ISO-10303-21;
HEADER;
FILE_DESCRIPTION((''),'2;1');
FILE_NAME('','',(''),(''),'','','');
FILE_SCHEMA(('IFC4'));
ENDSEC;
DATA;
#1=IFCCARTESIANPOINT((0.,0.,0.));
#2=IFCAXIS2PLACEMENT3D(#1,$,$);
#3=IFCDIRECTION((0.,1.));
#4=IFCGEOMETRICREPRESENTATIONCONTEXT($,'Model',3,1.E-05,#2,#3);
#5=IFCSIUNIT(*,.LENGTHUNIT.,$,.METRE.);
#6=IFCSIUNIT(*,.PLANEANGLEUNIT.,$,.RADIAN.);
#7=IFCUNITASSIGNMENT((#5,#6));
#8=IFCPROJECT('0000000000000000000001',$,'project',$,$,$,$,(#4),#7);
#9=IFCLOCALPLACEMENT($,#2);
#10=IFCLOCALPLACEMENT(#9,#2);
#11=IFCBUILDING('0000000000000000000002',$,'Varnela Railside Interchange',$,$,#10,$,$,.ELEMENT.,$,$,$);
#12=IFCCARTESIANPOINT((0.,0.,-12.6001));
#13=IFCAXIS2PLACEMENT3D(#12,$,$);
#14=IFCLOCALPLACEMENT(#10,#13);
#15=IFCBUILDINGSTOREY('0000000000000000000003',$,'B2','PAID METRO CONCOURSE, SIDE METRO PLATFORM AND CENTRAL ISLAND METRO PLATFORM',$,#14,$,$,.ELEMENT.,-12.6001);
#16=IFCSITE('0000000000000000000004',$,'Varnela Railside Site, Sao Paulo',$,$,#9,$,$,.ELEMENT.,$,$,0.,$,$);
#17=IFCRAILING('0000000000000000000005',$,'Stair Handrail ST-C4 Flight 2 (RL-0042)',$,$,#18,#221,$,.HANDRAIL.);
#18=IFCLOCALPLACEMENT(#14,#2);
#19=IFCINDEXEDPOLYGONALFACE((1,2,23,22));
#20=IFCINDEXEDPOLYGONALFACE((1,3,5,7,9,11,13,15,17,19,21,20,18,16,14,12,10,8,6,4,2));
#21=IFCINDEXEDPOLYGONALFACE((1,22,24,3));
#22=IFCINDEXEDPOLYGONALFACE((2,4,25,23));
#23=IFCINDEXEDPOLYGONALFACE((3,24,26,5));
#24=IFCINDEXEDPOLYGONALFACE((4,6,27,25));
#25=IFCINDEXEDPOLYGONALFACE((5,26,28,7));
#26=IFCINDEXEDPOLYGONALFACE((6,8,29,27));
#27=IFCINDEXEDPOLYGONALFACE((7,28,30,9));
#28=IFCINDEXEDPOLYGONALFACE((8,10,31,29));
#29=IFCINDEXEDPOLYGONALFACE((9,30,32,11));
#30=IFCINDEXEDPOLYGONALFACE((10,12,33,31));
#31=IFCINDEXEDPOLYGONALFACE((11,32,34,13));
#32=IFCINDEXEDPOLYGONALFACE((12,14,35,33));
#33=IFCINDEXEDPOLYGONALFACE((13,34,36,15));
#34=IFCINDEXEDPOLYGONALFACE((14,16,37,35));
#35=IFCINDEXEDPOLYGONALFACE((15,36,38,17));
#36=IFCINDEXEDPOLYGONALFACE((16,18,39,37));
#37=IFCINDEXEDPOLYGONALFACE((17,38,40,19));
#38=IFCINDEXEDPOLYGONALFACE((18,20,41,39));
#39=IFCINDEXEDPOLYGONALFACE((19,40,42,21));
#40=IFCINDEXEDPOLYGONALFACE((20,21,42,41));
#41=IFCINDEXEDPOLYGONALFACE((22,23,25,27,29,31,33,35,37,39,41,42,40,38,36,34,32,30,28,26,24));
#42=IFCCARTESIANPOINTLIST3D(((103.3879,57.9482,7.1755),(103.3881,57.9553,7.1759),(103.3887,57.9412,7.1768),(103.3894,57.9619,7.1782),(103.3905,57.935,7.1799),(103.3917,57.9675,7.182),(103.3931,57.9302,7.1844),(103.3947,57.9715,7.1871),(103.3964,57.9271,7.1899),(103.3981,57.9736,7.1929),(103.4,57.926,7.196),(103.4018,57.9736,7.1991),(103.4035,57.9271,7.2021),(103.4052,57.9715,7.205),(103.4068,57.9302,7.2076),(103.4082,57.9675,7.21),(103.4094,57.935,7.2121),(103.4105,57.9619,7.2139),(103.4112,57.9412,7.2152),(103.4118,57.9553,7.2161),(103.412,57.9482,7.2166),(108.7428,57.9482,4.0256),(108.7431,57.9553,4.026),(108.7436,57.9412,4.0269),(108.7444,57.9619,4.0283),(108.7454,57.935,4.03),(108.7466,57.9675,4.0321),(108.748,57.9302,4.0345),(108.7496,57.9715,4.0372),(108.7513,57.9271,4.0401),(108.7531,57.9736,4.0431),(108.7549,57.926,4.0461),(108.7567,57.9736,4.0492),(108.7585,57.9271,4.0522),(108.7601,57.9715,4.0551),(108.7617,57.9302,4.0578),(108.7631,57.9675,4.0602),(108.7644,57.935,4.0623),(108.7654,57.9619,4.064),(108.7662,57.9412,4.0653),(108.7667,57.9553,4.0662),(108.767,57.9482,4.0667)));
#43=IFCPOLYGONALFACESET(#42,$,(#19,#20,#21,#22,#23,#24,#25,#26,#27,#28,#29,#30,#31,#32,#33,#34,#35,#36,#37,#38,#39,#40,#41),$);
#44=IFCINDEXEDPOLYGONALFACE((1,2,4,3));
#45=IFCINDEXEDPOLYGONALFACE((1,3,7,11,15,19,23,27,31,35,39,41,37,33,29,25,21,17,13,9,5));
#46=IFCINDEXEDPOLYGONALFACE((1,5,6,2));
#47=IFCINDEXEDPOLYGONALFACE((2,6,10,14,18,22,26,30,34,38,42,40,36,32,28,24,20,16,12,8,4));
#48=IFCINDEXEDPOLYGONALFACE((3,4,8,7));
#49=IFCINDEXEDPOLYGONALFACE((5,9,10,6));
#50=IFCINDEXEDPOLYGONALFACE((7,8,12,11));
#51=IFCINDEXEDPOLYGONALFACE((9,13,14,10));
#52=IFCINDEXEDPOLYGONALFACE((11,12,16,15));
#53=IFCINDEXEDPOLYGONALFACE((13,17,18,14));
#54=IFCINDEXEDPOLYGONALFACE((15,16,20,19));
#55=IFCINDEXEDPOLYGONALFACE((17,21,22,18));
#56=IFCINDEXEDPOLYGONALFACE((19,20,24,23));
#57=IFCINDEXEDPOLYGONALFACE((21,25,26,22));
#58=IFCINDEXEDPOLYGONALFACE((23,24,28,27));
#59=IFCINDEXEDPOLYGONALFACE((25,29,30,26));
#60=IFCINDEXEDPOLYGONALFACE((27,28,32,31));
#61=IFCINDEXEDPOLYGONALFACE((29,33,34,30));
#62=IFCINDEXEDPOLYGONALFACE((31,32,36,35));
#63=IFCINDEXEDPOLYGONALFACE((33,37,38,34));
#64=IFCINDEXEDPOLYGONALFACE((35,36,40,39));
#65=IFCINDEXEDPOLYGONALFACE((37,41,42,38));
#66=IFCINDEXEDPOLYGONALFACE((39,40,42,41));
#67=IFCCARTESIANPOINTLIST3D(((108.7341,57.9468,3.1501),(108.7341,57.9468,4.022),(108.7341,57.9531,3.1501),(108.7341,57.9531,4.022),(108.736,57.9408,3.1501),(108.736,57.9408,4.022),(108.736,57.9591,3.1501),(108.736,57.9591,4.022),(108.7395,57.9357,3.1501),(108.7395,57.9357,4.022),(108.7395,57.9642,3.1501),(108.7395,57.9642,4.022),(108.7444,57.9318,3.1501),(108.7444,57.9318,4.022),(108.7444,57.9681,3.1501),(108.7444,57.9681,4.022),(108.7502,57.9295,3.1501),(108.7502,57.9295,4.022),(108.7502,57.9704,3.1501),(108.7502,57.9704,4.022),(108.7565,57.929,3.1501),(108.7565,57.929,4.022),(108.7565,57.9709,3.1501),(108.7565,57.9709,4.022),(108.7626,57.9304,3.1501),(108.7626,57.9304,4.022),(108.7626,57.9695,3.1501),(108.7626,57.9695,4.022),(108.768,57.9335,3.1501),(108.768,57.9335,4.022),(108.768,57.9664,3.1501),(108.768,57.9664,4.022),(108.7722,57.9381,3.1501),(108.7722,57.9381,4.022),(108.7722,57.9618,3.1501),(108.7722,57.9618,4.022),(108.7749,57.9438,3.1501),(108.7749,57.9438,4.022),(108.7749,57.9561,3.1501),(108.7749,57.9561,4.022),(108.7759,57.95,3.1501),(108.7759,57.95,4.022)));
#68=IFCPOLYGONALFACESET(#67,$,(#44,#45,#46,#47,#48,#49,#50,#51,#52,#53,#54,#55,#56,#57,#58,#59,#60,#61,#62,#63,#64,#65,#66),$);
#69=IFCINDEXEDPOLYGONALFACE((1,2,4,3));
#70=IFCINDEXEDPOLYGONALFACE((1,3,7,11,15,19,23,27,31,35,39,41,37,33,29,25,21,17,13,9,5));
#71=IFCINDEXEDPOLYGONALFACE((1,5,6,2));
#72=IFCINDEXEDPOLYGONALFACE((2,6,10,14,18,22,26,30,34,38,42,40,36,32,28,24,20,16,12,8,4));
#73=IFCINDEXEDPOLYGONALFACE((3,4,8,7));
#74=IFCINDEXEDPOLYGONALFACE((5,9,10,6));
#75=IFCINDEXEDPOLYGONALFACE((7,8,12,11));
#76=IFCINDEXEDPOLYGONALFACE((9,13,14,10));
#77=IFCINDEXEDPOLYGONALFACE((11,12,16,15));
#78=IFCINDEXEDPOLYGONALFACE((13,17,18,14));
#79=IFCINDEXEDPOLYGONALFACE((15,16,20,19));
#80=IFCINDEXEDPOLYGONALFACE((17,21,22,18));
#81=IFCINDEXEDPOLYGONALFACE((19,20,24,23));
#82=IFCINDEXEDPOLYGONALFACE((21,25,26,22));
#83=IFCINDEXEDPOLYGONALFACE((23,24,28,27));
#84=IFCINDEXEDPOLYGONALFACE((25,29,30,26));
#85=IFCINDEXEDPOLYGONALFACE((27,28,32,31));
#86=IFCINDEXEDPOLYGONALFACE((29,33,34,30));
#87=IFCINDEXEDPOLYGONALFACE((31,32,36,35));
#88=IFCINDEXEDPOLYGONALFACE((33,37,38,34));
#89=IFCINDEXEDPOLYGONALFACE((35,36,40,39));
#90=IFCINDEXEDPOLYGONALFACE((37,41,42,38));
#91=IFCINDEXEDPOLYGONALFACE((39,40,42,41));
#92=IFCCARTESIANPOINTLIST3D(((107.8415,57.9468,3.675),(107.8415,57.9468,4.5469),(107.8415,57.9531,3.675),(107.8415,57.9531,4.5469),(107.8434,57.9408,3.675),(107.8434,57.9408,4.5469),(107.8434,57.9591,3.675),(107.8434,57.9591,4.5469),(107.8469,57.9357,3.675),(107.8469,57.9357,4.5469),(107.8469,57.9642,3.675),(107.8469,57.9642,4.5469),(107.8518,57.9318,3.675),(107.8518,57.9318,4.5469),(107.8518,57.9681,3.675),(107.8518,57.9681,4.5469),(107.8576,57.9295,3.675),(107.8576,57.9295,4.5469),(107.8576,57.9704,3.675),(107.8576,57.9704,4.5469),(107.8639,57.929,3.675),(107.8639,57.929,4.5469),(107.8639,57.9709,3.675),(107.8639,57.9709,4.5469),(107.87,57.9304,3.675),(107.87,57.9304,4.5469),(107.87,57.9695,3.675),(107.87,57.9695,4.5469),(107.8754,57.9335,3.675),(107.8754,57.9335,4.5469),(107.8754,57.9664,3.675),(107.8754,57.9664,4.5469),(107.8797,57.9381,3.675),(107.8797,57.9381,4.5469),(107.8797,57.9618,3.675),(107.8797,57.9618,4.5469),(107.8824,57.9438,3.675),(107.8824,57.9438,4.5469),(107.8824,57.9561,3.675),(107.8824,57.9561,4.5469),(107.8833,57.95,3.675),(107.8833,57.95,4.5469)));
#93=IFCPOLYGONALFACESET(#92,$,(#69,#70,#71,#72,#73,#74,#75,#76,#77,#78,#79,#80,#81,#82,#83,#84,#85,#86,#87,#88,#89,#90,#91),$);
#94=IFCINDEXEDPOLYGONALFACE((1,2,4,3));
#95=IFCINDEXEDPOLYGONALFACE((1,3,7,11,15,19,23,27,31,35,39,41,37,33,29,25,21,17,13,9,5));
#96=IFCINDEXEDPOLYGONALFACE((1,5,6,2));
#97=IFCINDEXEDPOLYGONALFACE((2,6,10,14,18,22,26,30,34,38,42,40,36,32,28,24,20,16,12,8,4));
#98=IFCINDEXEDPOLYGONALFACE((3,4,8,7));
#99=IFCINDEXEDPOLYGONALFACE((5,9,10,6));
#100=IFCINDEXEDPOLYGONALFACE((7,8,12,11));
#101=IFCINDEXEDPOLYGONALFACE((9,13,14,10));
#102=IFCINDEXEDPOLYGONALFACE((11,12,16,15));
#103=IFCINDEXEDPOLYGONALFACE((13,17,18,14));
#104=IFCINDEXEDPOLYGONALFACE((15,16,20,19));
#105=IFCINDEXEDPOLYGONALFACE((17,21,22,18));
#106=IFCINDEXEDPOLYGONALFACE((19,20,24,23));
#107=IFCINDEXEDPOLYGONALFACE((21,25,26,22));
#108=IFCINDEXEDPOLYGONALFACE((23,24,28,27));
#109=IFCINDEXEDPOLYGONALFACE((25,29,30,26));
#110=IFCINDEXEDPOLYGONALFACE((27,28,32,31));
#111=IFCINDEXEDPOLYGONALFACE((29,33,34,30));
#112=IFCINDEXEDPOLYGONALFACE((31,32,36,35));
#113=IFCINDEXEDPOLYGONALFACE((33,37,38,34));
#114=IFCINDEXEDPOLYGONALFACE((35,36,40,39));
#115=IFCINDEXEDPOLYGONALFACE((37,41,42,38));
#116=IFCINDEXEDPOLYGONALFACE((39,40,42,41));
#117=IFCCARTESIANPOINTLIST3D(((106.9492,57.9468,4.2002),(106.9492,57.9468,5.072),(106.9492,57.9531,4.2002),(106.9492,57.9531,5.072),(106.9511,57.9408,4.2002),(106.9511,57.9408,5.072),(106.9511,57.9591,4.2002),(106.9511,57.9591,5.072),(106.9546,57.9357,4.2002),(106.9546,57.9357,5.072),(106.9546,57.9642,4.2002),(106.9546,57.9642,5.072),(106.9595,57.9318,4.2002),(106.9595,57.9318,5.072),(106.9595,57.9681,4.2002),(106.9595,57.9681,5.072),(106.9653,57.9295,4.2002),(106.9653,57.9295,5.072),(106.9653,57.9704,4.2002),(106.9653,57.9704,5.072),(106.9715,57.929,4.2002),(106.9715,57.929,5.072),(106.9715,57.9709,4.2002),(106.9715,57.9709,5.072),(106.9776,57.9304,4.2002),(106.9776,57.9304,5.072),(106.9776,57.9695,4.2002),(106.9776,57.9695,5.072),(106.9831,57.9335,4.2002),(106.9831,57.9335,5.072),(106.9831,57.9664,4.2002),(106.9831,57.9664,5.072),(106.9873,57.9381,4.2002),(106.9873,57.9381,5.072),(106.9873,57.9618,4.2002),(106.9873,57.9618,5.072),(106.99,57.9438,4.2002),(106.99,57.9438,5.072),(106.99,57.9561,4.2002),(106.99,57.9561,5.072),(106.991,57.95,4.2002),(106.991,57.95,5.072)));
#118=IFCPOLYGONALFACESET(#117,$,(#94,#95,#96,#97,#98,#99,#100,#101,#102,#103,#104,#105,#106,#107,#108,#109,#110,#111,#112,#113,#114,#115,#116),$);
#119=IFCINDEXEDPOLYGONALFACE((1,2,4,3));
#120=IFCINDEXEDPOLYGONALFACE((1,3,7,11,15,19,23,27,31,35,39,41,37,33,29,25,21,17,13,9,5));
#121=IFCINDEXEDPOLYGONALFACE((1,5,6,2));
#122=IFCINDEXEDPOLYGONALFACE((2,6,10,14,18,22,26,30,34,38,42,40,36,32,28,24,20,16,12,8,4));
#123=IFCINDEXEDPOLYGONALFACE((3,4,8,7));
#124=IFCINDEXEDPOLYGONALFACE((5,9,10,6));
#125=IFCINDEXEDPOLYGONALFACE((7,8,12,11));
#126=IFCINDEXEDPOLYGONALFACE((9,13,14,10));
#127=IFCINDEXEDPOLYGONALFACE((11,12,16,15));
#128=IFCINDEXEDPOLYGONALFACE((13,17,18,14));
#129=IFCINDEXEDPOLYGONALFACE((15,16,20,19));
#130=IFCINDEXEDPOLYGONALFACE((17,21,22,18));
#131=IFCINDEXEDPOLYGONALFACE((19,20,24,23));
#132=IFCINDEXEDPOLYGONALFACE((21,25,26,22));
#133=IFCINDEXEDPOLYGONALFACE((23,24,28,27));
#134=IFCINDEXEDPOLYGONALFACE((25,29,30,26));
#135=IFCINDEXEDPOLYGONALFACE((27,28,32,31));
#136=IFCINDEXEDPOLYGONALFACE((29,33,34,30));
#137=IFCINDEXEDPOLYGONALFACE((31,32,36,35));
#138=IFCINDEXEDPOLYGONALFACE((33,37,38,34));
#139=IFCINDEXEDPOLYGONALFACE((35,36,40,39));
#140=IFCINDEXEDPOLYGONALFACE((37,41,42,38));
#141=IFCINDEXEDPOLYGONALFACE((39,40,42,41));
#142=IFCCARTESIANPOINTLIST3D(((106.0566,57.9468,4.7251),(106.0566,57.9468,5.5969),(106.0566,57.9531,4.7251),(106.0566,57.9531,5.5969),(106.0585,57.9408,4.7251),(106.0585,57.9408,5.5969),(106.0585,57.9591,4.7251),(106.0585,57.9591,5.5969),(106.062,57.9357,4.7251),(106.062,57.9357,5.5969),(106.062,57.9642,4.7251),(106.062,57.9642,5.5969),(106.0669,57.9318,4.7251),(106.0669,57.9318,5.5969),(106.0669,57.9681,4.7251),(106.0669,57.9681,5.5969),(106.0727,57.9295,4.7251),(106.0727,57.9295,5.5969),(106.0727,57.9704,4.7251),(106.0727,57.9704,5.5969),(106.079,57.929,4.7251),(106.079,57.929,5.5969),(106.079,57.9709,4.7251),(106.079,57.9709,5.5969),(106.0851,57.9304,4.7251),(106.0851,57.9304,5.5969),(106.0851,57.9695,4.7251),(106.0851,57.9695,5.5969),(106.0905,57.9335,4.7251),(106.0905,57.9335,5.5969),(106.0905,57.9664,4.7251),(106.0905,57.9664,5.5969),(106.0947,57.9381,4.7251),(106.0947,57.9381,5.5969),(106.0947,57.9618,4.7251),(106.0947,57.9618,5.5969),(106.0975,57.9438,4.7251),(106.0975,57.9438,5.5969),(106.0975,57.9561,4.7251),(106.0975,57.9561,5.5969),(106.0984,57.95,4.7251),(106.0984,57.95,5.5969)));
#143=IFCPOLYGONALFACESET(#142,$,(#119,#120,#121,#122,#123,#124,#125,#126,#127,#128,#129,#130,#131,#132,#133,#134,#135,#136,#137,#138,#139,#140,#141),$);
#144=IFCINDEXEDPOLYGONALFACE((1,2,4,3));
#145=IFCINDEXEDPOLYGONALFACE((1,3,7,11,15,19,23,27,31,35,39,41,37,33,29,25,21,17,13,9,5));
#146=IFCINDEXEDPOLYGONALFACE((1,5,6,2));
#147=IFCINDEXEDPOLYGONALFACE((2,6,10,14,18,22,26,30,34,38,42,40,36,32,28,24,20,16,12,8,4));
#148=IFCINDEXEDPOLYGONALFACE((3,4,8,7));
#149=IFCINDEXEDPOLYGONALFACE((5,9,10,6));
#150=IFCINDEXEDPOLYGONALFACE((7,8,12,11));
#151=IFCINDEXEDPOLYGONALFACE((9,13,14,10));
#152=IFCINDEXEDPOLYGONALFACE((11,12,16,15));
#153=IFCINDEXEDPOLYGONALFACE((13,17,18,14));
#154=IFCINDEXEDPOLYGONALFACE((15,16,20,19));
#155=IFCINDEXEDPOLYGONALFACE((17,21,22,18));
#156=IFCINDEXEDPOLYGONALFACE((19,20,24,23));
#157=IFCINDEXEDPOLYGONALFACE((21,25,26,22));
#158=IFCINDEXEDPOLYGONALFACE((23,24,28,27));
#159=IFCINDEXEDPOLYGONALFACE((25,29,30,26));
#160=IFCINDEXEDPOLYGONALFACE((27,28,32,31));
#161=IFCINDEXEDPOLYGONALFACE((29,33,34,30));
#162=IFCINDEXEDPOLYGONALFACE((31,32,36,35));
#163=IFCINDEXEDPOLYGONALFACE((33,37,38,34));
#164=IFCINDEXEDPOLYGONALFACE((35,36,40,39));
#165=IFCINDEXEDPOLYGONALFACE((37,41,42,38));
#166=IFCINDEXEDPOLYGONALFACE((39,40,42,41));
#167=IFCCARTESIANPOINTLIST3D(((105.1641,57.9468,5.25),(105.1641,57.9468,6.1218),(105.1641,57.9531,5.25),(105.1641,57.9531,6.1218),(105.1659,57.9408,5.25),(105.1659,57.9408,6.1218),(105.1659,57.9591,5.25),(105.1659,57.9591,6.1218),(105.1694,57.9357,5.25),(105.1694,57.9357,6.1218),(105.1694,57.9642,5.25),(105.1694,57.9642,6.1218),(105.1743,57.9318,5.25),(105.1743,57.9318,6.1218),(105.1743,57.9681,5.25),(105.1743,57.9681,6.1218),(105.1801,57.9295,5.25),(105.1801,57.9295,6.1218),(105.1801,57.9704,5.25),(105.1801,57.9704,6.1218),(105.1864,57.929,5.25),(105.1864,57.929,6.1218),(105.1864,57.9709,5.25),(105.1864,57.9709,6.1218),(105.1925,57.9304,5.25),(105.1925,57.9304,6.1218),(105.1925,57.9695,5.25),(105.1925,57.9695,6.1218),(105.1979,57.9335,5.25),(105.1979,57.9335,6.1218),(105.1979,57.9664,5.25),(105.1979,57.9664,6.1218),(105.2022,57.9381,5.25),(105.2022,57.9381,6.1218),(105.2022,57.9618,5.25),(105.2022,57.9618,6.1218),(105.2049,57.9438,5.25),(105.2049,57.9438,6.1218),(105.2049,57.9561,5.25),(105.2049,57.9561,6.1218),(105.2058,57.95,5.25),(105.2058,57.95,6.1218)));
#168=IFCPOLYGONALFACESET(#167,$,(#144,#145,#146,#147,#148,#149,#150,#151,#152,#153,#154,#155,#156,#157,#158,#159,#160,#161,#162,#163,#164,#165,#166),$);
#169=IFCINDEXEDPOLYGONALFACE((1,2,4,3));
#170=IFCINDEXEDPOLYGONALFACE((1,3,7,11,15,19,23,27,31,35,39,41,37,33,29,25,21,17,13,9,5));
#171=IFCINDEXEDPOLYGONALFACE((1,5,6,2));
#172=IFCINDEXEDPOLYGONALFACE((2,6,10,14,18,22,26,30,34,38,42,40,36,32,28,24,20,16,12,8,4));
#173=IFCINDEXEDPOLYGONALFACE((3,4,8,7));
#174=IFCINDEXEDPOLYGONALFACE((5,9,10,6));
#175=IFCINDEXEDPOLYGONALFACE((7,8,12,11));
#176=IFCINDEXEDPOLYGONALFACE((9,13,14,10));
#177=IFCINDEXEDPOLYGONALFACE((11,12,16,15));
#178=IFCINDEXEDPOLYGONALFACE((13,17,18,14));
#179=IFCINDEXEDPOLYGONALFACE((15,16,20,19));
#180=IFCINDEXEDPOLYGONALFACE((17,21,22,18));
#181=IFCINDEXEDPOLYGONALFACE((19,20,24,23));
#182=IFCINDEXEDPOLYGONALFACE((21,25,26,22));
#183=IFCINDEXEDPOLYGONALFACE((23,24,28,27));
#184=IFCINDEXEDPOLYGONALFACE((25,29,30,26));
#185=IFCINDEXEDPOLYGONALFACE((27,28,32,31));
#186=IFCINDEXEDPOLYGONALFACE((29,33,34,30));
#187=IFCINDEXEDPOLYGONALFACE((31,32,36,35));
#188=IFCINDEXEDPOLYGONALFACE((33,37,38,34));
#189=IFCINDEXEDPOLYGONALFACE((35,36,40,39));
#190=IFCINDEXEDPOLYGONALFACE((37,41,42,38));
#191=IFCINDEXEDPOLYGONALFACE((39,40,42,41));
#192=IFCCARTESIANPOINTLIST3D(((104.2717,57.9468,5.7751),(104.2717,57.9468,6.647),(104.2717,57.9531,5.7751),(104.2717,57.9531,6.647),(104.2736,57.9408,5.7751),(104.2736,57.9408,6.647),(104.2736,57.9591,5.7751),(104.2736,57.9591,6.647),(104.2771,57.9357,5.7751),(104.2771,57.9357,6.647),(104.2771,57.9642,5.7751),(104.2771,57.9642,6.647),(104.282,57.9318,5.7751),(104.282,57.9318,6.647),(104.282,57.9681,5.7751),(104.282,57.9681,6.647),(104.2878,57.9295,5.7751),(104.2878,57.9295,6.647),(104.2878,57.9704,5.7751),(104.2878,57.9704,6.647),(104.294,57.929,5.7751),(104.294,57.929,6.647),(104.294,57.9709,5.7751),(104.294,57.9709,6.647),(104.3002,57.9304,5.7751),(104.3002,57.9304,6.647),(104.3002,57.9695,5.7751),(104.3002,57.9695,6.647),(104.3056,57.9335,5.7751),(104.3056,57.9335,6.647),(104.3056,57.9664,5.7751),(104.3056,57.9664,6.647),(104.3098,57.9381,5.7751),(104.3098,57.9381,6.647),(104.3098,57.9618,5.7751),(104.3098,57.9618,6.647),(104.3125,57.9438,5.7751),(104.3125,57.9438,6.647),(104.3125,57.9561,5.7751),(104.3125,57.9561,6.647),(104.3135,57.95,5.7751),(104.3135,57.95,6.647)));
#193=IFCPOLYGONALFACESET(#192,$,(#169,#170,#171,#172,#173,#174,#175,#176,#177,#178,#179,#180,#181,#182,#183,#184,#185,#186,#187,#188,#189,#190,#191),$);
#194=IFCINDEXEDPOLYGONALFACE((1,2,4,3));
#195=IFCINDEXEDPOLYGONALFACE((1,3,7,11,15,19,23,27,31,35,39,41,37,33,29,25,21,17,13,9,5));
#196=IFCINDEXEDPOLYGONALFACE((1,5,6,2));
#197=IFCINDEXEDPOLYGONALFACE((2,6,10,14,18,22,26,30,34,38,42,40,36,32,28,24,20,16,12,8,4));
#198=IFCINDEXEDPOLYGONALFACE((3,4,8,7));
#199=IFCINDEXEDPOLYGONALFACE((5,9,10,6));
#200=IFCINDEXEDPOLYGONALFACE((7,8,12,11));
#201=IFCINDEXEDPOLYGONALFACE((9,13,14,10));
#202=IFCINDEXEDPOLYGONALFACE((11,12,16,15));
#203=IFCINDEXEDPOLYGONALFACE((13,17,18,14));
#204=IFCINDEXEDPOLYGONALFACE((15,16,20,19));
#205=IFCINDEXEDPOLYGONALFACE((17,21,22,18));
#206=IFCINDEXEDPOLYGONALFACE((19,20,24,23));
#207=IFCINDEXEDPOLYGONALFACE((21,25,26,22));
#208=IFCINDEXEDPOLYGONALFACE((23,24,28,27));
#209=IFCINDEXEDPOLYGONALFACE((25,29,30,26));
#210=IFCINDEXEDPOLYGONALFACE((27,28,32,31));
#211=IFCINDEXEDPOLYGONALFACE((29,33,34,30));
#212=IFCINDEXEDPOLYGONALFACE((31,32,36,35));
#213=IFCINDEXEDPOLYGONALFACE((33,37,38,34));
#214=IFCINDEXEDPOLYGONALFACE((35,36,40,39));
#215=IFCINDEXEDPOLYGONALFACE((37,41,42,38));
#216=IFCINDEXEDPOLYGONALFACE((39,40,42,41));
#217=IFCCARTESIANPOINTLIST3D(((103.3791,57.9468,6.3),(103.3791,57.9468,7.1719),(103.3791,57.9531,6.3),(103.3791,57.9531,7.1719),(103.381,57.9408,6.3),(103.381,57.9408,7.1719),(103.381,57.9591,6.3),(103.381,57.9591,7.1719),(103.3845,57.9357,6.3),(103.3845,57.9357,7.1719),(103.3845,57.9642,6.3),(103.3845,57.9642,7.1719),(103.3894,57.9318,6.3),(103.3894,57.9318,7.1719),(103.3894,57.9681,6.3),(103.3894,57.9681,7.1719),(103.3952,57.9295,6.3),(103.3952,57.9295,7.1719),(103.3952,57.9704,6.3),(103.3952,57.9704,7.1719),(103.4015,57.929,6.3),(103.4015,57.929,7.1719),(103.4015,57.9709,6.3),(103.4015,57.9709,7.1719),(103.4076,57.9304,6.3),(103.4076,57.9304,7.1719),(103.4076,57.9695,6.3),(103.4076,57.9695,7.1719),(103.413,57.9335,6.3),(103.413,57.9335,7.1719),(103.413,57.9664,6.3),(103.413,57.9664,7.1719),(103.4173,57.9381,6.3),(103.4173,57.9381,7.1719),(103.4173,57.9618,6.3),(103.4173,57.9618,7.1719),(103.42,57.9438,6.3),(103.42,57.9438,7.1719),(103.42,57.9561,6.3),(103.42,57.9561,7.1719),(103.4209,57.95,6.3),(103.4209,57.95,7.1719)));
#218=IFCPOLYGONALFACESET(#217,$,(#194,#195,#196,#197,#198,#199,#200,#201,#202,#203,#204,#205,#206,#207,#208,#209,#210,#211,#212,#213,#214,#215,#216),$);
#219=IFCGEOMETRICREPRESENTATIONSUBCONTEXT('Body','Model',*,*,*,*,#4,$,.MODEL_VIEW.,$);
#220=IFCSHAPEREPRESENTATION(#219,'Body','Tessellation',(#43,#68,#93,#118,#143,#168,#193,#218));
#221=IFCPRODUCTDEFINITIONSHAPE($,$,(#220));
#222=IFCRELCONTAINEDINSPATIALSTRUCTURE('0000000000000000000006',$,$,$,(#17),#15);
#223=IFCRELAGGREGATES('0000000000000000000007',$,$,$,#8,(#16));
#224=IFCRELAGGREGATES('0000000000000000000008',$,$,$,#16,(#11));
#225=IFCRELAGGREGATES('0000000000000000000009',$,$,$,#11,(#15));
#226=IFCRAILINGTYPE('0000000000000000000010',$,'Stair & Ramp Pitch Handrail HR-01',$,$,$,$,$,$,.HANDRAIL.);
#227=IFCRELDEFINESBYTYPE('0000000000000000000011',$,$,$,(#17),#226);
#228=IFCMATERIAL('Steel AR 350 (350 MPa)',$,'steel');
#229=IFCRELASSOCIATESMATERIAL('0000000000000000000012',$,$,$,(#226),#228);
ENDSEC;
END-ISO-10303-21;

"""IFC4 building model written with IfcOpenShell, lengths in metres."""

from ifc_helpers import new_model, si_unit, direction, frame, origin, origin_2d, place, context, subcontext, project, spatial, circle, extrude, material, type_object, element, save


model = new_model("IFC4")

# Units and contexts
model_context = context("Model", 3, precision=1e-05, world=origin(), true_north=direction((0.0, 1.0)))
body_context = subcontext(model_context, "Body", "Model", "MODEL_VIEW")
ifc_project = project(units=[si_unit("LENGTHUNIT", "METRE"), si_unit("PLANEANGLEUNIT", "RADIAN")], contexts=[model_context])

# Site, building, storey
site_placement = place(None, origin())
site = spatial("IfcSite", under=ifc_project, at=site_placement, Name="Varnela Railside Site, Sao Paulo", CompositionType="ELEMENT", RefElevation=0.0)
building_placement = place(site_placement, origin())
building = spatial("IfcBuilding", under=site, at=building_placement, Name="Varnela Railside Interchange", CompositionType="ELEMENT")
storey_placement = place(building_placement, frame((0.0, 0.0, -12.6001)))
storey = spatial("IfcBuildingStorey", under=building, at=storey_placement, Name="B2", Description="PAID METRO CONCOURSE, SIDE METRO PLATFORM AND CENTRAL ISLAND METRO PLATFORM", CompositionType="ELEMENT", Elevation=-12.6001)

# Railing
ifc_material_1 = material(Name="Steel AR 350 (350 MPa)", Category="steel")
railing_type_1 = type_object("IfcRailingType", Name="Stair & Ramp Pitch Handrail HR-01", PredefinedType="HANDRAIL", material=ifc_material_1)
railing_1_placement = place(storey_placement, frame((108.7549, 57.95, 3.1501)))
element("IfcRailing", 1, at=railing_1_placement, inside=storey, type_object=railing_type_1, Name="Stair Handrail ST-C4 Flight 2 (RL-0042)", PredefinedType="HANDRAIL", context=body_context, shape_type="SweptSolid", body=[
    extrude(circle(Radius=0.0239, at=origin_2d()), frame((0.0, 0.0, 0.896), z_axis=(-0.86194, 0.0, 0.50701), x_axis=(0.0, -1.0, 0.0)), (0.0, 0.0, 1.0), 6.2126),
    extrude(circle(Radius=0.021, at=origin_2d()), origin(), (0.0, 0.0, 1.0), 0.8718),
    extrude(circle(Radius=0.021, at=origin_2d()), frame((-0.8926, 0.0, 0.5249)), (0.0, 0.0, 1.0), 0.8718),
    extrude(circle(Radius=0.021, at=origin_2d()), frame((-1.7849, 0.0, 1.05)), (0.0, 0.0, 1.0), 0.8718),
    extrude(circle(Radius=0.021, at=origin_2d()), frame((-2.6775, 0.0, 1.575)), (0.0, 0.0, 1.0), 0.8718),
    extrude(circle(Radius=0.021, at=origin_2d()), frame((-3.5701, 0.0, 2.0999)), (0.0, 0.0, 1.0), 0.8718),
    extrude(circle(Radius=0.021, at=origin_2d()), frame((-4.4624, 0.0, 2.625)), (0.0, 0.0, 1.0), 0.8718),
    extrude(circle(Radius=0.021, at=origin_2d()), frame((-5.355, 0.0, 3.1499)), (0.0, 0.0, 1.0), 0.8718),
])

save(model, "model.ifc")
